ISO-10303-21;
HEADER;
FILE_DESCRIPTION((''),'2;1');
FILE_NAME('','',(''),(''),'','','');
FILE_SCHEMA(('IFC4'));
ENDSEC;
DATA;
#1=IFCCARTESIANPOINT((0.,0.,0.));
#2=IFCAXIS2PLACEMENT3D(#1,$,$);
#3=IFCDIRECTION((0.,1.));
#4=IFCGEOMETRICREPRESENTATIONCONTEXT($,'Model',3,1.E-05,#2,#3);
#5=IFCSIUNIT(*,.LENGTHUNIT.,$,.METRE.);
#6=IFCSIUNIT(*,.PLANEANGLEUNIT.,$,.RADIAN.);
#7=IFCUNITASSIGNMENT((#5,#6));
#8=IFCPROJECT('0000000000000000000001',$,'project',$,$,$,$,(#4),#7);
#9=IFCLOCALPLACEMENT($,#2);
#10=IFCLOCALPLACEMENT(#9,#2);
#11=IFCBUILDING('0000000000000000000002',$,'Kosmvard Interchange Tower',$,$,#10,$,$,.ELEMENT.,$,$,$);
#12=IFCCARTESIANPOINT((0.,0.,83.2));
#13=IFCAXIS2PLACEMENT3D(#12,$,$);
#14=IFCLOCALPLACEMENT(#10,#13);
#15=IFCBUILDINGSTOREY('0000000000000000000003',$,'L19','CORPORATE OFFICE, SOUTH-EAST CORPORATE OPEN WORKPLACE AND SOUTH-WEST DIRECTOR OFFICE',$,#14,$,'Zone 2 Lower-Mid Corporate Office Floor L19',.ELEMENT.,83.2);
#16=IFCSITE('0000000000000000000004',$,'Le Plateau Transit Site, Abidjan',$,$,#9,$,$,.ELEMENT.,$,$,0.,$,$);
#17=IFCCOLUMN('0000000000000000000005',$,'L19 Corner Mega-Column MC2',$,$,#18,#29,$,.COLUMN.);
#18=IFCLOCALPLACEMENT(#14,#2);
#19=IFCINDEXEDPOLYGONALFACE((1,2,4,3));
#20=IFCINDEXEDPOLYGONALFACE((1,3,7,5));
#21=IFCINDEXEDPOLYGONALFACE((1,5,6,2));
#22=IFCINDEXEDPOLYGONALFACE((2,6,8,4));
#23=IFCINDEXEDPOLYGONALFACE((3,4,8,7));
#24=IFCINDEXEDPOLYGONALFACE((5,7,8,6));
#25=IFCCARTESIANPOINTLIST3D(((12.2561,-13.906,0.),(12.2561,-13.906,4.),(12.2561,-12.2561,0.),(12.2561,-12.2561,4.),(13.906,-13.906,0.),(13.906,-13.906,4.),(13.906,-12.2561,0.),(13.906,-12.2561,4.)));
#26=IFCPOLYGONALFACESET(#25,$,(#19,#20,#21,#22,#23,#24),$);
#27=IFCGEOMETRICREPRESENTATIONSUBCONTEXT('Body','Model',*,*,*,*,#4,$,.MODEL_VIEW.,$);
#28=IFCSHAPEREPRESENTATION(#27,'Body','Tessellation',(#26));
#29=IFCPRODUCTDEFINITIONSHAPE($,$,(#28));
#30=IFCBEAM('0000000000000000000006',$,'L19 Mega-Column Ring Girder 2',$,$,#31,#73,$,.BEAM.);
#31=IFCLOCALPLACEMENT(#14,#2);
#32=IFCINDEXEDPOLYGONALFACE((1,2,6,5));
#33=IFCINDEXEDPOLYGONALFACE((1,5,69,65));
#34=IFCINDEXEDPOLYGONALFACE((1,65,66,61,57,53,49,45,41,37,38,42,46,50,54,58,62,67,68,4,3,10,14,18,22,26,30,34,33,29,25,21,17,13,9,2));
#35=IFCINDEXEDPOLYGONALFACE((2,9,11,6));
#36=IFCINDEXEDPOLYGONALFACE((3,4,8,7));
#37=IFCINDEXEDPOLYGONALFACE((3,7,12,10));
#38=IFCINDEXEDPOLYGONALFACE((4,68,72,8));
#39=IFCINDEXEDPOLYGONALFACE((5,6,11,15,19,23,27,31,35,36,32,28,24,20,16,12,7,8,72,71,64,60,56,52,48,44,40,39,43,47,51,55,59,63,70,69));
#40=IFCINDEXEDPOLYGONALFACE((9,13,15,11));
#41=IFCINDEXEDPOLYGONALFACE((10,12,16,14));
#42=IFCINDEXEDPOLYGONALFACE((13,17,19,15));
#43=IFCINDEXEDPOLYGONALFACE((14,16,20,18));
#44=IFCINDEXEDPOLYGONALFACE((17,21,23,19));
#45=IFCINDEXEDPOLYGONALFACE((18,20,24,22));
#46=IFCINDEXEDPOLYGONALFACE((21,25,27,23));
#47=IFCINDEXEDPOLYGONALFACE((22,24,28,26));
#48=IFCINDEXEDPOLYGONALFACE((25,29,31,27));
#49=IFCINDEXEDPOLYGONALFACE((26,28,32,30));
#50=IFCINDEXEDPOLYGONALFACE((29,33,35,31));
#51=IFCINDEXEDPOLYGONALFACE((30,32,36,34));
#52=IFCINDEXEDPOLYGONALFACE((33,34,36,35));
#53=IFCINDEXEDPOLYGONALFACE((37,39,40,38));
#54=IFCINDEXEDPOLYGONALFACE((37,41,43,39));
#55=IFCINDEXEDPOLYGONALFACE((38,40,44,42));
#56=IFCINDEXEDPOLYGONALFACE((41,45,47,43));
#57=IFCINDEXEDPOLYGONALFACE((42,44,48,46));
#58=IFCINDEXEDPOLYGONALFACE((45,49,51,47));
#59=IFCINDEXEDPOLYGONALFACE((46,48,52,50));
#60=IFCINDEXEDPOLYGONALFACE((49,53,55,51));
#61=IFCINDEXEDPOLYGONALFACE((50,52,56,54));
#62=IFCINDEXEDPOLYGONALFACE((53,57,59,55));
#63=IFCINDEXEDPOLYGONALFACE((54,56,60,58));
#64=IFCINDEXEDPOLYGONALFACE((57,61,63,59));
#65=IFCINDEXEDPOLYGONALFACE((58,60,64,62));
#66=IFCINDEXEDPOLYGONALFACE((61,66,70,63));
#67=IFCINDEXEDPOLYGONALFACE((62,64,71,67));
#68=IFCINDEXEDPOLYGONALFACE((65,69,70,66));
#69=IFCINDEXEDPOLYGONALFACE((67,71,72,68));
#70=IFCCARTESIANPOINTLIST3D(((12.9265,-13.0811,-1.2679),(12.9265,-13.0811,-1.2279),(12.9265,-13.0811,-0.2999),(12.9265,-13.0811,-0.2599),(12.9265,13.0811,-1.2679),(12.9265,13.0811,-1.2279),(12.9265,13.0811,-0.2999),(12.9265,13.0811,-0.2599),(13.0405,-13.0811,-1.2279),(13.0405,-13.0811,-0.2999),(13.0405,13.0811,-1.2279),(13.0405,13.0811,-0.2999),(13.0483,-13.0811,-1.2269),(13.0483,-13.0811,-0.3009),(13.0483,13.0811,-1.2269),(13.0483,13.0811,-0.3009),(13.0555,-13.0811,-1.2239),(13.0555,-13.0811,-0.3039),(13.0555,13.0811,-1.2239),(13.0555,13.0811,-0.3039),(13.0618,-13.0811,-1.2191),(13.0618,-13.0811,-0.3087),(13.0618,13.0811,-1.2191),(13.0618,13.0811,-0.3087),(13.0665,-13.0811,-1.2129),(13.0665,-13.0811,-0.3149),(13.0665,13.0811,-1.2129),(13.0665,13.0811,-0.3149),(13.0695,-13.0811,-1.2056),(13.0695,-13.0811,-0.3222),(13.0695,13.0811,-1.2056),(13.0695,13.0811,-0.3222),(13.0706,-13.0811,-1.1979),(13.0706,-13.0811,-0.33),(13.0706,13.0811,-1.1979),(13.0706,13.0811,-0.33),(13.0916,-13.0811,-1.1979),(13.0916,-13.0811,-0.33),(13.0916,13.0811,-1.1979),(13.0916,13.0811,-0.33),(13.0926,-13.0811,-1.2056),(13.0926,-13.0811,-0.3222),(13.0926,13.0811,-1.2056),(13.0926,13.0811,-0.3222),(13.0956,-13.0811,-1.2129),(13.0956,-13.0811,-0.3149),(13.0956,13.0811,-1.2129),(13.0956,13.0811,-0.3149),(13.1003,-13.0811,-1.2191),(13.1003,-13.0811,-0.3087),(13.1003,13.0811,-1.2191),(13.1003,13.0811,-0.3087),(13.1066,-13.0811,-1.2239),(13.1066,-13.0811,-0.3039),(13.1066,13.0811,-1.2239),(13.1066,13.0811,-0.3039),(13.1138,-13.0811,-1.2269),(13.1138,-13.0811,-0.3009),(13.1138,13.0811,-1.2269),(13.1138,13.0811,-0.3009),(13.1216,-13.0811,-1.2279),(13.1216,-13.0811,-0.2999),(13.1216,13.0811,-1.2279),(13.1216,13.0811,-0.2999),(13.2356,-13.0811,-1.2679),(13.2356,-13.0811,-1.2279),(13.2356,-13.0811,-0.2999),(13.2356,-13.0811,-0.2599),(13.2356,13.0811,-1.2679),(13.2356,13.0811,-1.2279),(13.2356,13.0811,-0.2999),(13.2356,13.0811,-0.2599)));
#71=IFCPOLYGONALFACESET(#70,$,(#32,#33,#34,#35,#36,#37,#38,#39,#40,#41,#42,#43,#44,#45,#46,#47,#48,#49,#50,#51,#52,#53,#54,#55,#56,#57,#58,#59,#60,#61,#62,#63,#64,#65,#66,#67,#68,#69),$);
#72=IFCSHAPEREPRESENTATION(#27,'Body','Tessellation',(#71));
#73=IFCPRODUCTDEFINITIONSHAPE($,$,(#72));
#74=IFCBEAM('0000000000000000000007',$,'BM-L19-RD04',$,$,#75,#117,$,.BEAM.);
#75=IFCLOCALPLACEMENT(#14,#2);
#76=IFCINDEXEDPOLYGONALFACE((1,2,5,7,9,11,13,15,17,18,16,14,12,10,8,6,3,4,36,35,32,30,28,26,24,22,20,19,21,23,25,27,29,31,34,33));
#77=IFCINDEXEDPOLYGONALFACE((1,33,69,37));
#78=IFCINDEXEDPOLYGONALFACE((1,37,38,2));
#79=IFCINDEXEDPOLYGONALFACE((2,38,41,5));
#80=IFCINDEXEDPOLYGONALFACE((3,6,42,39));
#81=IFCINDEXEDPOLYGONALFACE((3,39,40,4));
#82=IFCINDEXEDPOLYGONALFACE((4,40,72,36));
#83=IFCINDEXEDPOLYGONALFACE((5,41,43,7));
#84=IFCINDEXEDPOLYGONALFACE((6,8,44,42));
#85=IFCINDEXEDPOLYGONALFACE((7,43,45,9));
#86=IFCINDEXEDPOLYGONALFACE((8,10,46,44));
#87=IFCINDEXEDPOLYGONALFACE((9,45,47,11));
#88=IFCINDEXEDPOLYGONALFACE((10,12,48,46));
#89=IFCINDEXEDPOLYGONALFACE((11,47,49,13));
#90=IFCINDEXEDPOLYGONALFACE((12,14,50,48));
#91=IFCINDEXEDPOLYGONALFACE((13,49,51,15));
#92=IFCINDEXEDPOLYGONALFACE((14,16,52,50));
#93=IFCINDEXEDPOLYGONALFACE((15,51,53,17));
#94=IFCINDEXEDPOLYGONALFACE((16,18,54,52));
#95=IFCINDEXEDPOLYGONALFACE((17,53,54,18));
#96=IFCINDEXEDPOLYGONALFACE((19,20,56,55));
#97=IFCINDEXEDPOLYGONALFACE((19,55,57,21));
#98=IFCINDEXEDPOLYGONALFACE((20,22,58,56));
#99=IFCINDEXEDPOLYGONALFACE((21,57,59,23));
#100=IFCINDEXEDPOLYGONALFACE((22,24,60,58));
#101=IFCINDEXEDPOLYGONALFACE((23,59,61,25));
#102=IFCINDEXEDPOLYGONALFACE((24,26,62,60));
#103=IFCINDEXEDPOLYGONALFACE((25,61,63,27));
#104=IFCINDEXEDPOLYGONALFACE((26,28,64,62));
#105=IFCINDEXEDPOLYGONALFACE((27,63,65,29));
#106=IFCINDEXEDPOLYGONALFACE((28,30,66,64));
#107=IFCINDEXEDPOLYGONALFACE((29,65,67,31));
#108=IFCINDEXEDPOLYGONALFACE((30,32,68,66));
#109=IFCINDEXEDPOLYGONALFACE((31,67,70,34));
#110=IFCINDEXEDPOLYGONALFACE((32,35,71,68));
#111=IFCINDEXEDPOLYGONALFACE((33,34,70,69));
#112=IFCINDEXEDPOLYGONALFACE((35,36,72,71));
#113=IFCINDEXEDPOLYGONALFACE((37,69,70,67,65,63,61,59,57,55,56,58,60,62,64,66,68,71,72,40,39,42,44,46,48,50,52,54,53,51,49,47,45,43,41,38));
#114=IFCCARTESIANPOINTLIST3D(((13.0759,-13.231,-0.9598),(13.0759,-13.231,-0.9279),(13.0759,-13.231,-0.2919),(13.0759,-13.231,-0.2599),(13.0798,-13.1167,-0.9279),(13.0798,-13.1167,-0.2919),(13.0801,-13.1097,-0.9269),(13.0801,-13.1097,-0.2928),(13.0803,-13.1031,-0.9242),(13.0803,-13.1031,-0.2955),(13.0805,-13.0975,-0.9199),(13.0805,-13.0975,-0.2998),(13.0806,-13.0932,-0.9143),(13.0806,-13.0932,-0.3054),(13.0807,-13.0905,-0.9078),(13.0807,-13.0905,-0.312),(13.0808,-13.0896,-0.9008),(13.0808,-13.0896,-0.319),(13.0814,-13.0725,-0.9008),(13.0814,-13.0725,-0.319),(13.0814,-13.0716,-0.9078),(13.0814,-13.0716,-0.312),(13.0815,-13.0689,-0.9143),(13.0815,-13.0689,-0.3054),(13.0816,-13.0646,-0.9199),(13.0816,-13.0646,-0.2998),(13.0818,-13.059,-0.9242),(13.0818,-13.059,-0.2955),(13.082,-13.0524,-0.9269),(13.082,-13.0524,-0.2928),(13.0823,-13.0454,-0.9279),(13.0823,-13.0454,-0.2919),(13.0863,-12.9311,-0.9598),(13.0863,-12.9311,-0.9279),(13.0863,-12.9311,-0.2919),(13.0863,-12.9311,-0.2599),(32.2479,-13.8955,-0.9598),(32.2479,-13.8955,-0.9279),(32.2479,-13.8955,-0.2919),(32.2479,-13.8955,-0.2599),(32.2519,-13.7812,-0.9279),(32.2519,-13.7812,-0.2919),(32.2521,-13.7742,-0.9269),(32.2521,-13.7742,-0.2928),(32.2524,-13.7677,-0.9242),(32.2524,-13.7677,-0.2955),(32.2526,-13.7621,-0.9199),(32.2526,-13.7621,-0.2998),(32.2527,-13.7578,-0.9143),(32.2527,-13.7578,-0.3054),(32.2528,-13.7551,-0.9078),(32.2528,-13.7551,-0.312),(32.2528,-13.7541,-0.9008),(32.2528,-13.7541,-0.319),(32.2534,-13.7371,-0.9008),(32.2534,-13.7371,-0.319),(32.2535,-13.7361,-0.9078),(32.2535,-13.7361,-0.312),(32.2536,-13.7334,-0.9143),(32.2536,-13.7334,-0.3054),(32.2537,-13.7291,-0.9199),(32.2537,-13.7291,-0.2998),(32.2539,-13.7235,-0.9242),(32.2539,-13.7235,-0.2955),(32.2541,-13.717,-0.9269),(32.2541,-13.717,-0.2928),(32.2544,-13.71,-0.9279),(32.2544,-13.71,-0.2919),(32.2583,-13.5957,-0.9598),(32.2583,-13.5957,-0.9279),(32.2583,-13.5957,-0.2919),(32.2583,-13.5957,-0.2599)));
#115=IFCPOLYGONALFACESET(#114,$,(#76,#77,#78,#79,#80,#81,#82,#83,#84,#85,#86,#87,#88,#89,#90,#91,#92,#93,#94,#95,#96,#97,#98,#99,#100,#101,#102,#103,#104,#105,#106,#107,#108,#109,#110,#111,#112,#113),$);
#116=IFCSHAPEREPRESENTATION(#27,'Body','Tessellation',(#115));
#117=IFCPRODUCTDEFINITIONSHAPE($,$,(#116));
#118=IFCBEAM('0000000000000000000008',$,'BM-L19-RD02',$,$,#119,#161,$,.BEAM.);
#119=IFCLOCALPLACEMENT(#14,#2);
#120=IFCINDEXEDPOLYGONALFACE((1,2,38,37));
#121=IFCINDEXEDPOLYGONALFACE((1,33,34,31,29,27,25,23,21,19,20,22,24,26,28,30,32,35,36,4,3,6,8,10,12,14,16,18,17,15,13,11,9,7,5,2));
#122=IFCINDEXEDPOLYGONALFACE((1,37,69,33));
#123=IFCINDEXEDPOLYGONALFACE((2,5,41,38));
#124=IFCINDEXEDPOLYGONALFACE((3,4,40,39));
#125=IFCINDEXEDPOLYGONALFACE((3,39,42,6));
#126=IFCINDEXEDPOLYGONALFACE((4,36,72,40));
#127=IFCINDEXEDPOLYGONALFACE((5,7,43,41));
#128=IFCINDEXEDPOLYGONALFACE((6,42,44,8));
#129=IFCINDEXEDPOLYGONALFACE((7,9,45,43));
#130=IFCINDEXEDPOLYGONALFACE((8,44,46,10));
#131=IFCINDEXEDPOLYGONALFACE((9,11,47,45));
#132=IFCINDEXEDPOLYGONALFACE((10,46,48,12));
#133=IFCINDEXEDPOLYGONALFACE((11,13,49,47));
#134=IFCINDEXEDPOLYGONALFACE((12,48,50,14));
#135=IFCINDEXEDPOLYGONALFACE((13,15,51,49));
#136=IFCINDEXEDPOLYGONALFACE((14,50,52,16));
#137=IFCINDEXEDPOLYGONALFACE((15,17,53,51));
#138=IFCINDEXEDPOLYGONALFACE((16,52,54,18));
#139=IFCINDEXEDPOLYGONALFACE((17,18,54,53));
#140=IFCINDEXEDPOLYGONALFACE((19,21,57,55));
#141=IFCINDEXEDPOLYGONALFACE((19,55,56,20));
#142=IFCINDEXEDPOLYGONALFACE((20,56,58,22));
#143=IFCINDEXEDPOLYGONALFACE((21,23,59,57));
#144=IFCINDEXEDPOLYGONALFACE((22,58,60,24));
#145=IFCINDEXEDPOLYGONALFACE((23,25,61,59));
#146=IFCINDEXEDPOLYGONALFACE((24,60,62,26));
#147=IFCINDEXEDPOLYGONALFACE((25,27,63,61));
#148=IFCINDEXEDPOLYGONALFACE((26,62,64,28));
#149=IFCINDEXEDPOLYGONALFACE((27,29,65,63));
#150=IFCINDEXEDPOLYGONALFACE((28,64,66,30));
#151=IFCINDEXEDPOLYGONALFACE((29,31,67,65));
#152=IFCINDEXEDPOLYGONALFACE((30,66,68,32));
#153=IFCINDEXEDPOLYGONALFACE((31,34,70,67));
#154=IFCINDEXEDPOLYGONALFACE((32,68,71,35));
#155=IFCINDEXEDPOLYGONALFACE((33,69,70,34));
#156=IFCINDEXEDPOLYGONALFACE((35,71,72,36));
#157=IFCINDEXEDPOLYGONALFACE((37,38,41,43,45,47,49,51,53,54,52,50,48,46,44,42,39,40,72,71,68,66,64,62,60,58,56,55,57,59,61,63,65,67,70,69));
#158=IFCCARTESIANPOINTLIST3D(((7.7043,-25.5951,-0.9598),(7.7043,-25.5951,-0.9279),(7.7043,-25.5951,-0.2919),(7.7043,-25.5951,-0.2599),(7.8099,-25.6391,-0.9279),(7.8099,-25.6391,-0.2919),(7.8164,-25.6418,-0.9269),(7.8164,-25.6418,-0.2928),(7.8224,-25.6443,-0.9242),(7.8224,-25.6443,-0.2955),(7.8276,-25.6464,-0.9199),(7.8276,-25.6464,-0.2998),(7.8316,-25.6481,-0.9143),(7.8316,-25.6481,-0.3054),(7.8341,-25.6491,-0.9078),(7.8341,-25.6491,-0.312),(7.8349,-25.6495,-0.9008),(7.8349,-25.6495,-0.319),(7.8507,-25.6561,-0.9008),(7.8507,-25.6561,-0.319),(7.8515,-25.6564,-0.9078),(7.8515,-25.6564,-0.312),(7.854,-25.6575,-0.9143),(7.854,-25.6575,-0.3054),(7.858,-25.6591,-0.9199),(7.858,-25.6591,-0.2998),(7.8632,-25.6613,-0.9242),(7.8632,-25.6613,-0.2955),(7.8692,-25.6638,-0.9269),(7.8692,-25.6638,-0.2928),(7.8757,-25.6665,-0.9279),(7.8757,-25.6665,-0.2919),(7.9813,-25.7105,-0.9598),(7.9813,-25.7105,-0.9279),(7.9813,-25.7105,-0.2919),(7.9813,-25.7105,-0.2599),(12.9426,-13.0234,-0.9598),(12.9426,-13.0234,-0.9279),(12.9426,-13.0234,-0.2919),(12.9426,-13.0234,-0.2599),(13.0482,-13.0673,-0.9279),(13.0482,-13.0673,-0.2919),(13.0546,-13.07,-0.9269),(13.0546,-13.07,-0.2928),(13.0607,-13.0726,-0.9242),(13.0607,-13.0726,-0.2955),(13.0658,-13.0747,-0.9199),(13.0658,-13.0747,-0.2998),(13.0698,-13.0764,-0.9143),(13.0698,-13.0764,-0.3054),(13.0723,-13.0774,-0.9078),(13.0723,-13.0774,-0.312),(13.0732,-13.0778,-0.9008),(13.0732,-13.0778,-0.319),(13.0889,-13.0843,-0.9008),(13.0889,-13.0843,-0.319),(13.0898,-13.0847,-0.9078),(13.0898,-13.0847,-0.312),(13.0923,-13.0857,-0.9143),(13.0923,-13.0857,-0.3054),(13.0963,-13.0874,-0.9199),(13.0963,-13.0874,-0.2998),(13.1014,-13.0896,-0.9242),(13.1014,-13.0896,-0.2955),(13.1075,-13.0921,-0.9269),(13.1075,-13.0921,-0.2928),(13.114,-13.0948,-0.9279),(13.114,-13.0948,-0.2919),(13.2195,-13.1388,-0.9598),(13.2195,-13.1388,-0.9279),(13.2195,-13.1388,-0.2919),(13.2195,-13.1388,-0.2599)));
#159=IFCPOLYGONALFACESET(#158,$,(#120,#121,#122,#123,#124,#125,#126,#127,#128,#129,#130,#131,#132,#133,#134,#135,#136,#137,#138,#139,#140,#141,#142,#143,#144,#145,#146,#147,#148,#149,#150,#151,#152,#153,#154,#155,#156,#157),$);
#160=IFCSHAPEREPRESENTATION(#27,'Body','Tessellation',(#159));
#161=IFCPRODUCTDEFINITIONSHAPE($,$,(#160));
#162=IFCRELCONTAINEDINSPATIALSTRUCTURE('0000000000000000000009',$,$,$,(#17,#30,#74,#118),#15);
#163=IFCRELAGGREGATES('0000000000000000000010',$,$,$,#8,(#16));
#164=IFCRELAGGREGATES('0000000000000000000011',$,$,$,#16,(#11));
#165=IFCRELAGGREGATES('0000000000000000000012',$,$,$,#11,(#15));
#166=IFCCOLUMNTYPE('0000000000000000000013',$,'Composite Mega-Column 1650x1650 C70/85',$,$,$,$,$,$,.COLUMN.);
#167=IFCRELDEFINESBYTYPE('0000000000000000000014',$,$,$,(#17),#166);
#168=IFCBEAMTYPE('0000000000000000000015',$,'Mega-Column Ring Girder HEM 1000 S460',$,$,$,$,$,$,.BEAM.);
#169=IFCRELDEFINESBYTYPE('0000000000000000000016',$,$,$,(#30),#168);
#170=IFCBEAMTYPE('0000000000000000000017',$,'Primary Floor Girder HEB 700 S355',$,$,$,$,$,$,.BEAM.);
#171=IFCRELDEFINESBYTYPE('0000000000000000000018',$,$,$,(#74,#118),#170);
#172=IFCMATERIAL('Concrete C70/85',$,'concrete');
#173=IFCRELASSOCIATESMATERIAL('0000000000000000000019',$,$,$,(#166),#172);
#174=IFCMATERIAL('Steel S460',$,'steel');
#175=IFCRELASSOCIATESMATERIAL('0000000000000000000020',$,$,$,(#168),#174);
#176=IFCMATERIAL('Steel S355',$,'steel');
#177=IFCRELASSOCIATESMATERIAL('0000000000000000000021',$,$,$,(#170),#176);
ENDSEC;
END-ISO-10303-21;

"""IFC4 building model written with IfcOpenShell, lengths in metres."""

from ifc_helpers import new_model, si_unit, direction, frame, origin, origin_2d, place, context, subcontext, project, spatial, rectangle, i_section, extrude, source, transform, mapped, material, material_profile, profile_set, type_object, element, save


model = new_model("IFC4")

# Units and contexts
model_context = context("Model", 3, precision=1e-05, world=origin(), true_north=direction((0.0, 1.0)))
body_context = subcontext(model_context, "Body", "Model", "MODEL_VIEW")
ifc_project = project(units=[si_unit("LENGTHUNIT", "METRE"), si_unit("PLANEANGLEUNIT", "RADIAN")], contexts=[model_context])

# Site, building, storey
site_placement = place(None, origin())
site = spatial("IfcSite", under=ifc_project, at=site_placement, Name="Le Plateau Transit Site, Abidjan", CompositionType="ELEMENT", RefElevation=0.0)
building_placement = place(site_placement, origin())
building = spatial("IfcBuilding", under=site, at=building_placement, Name="Kosmvard Interchange Tower", CompositionType="ELEMENT")
storey_placement = place(building_placement, frame((0.0, 0.0, 83.2)))
storey = spatial("IfcBuildingStorey", under=building, at=storey_placement, Name="L19", Description="CORPORATE OFFICE, SOUTH-EAST CORPORATE OPEN WORKPLACE AND SOUTH-WEST DIRECTOR OFFICE", LongName="Zone 2 Lower-Mid Corporate Office Floor L19", CompositionType="ELEMENT", Elevation=83.2)

# Column
ifc_material_1 = material(Name="Concrete C70/85", Category="concrete")
ifc_material_profile_1 = material_profile(ifc_material_1, rectangle(XDim=1.6499, YDim=1.6499, at=origin_2d()), Name="MC 1650x1650")
ifc_profile_set_1 = profile_set([ifc_material_profile_1], Name="Concrete C70/85")
column_type = type_object("IfcColumnType", Name="Composite Mega-Column 1650x1650 C70/85", PredefinedType="COLUMN", material=ifc_profile_set_1)
shared_shape_1 = source(origin(), body_context, "Body", "SweptSolid", [
    extrude(rectangle(XDim=1.6499, YDim=1.6499, at=origin_2d()), origin(), (0.0, 0.0, 1.0), 4.0),
])
column_placement = place(storey_placement, frame((13.0811, -13.0811, 0.0), z_axis=(0.0, 0.0, 1.0), x_axis=(1.0, 0.0, 0.0)))
element("IfcColumn", 1, at=column_placement, inside=storey, type_object=column_type, Name="L19 Corner Mega-Column MC2", PredefinedType="COLUMN", context=body_context, shape_type="MappedRepresentation", body=[
    mapped(shared_shape_1, transform((0.0, 0.0, 0.0), scale=1.0)),
])

# Beams
ifc_material_2 = material(Name="Steel S460", Category="steel")
ifc_material_profile_2 = material_profile(ifc_material_2, i_section(OverallWidth=0.3091, OverallDepth=1.0081, WebThickness=0.021, FlangeThickness=0.04, FilletRadius=0.03, at=origin_2d()), Name="HEM 1000")
ifc_profile_set_2 = profile_set([ifc_material_profile_2], Name="Steel S460")
beam_type_1 = type_object("IfcBeamType", Name="Mega-Column Ring Girder HEM 1000 S460", PredefinedType="BEAM", material=ifc_profile_set_2)
shared_shape_2 = source(origin(), body_context, "Body", "SweptSolid", [
    extrude(i_section(OverallWidth=0.3091, OverallDepth=1.0081, WebThickness=0.021, FlangeThickness=0.04, FilletRadius=0.03, at=origin_2d()), origin(), (0.0, 0.0, 1.0), 26.1621),
])
beam_1_placement = place(storey_placement, frame((13.0811, -13.0811, -0.7639), z_axis=(0.0, 1.0, 0.0), x_axis=(-1.0, 0.0, 0.0)))
element("IfcBeam", 2, at=beam_1_placement, inside=storey, type_object=beam_type_1, Name="L19 Mega-Column Ring Girder 2", PredefinedType="BEAM", context=body_context, shape_type="MappedRepresentation", body=[
    mapped(shared_shape_2, transform((0.0, 0.0, 0.0), scale=1.0)),
])
ifc_material_3 = material(Name="Steel S355", Category="steel")
ifc_material_profile_3 = material_profile(ifc_material_3, i_section(OverallWidth=0.3, OverallDepth=0.7, WebThickness=0.0171, FlangeThickness=0.032, FilletRadius=0.0271, at=origin_2d()), Name="HEB 700")
ifc_profile_set_3 = profile_set([ifc_material_profile_3], Name="Steel S355")
beam_type_2 = type_object("IfcBeamType", Name="Primary Floor Girder HEB 700 S355", PredefinedType="BEAM", material=ifc_profile_set_3)
shared_shape_3 = source(origin(), body_context, "Body", "SweptSolid", [
    extrude(i_section(OverallWidth=0.3, OverallDepth=0.7, WebThickness=0.0171, FlangeThickness=0.032, FilletRadius=0.0271, at=origin_2d()), origin(), (0.0, 0.0, 1.0), 19.1836),
])
beam_2_placement = place(storey_placement, frame((13.0811, -13.0811, -0.6099), z_axis=(0.9994, -0.034642, 0.0), x_axis=(0.034642, 0.9994, 0.0)))
element("IfcBeam", 3, at=beam_2_placement, inside=storey, type_object=beam_type_2, Name="BM-L19-RD04", PredefinedType="BEAM", context=body_context, shape_type="MappedRepresentation", body=[
    mapped(shared_shape_3, transform((0.0, 0.0, 0.0), scale=1.0)),
])
shared_shape_4 = source(origin(), body_context, "Body", "SweptSolid", [
    extrude(i_section(OverallWidth=0.3, OverallDepth=0.7, WebThickness=0.0171, FlangeThickness=0.032, FilletRadius=0.0271, at=origin_2d()), origin(), (0.0, 0.0, 1.0), 13.6194),
])
beam_3_placement = place(storey_placement, frame((13.0811, -13.0811, -0.6099), z_axis=(-0.384618, -0.923076, 0.0), x_axis=(0.923076, -0.384618, 0.0)))
element("IfcBeam", 4, at=beam_3_placement, inside=storey, type_object=beam_type_2, Name="BM-L19-RD02", PredefinedType="BEAM", context=body_context, shape_type="MappedRepresentation", body=[
    mapped(shared_shape_4, transform((0.0, 0.0, 0.0), scale=1.0)),
])

save(model, "model.ifc")
